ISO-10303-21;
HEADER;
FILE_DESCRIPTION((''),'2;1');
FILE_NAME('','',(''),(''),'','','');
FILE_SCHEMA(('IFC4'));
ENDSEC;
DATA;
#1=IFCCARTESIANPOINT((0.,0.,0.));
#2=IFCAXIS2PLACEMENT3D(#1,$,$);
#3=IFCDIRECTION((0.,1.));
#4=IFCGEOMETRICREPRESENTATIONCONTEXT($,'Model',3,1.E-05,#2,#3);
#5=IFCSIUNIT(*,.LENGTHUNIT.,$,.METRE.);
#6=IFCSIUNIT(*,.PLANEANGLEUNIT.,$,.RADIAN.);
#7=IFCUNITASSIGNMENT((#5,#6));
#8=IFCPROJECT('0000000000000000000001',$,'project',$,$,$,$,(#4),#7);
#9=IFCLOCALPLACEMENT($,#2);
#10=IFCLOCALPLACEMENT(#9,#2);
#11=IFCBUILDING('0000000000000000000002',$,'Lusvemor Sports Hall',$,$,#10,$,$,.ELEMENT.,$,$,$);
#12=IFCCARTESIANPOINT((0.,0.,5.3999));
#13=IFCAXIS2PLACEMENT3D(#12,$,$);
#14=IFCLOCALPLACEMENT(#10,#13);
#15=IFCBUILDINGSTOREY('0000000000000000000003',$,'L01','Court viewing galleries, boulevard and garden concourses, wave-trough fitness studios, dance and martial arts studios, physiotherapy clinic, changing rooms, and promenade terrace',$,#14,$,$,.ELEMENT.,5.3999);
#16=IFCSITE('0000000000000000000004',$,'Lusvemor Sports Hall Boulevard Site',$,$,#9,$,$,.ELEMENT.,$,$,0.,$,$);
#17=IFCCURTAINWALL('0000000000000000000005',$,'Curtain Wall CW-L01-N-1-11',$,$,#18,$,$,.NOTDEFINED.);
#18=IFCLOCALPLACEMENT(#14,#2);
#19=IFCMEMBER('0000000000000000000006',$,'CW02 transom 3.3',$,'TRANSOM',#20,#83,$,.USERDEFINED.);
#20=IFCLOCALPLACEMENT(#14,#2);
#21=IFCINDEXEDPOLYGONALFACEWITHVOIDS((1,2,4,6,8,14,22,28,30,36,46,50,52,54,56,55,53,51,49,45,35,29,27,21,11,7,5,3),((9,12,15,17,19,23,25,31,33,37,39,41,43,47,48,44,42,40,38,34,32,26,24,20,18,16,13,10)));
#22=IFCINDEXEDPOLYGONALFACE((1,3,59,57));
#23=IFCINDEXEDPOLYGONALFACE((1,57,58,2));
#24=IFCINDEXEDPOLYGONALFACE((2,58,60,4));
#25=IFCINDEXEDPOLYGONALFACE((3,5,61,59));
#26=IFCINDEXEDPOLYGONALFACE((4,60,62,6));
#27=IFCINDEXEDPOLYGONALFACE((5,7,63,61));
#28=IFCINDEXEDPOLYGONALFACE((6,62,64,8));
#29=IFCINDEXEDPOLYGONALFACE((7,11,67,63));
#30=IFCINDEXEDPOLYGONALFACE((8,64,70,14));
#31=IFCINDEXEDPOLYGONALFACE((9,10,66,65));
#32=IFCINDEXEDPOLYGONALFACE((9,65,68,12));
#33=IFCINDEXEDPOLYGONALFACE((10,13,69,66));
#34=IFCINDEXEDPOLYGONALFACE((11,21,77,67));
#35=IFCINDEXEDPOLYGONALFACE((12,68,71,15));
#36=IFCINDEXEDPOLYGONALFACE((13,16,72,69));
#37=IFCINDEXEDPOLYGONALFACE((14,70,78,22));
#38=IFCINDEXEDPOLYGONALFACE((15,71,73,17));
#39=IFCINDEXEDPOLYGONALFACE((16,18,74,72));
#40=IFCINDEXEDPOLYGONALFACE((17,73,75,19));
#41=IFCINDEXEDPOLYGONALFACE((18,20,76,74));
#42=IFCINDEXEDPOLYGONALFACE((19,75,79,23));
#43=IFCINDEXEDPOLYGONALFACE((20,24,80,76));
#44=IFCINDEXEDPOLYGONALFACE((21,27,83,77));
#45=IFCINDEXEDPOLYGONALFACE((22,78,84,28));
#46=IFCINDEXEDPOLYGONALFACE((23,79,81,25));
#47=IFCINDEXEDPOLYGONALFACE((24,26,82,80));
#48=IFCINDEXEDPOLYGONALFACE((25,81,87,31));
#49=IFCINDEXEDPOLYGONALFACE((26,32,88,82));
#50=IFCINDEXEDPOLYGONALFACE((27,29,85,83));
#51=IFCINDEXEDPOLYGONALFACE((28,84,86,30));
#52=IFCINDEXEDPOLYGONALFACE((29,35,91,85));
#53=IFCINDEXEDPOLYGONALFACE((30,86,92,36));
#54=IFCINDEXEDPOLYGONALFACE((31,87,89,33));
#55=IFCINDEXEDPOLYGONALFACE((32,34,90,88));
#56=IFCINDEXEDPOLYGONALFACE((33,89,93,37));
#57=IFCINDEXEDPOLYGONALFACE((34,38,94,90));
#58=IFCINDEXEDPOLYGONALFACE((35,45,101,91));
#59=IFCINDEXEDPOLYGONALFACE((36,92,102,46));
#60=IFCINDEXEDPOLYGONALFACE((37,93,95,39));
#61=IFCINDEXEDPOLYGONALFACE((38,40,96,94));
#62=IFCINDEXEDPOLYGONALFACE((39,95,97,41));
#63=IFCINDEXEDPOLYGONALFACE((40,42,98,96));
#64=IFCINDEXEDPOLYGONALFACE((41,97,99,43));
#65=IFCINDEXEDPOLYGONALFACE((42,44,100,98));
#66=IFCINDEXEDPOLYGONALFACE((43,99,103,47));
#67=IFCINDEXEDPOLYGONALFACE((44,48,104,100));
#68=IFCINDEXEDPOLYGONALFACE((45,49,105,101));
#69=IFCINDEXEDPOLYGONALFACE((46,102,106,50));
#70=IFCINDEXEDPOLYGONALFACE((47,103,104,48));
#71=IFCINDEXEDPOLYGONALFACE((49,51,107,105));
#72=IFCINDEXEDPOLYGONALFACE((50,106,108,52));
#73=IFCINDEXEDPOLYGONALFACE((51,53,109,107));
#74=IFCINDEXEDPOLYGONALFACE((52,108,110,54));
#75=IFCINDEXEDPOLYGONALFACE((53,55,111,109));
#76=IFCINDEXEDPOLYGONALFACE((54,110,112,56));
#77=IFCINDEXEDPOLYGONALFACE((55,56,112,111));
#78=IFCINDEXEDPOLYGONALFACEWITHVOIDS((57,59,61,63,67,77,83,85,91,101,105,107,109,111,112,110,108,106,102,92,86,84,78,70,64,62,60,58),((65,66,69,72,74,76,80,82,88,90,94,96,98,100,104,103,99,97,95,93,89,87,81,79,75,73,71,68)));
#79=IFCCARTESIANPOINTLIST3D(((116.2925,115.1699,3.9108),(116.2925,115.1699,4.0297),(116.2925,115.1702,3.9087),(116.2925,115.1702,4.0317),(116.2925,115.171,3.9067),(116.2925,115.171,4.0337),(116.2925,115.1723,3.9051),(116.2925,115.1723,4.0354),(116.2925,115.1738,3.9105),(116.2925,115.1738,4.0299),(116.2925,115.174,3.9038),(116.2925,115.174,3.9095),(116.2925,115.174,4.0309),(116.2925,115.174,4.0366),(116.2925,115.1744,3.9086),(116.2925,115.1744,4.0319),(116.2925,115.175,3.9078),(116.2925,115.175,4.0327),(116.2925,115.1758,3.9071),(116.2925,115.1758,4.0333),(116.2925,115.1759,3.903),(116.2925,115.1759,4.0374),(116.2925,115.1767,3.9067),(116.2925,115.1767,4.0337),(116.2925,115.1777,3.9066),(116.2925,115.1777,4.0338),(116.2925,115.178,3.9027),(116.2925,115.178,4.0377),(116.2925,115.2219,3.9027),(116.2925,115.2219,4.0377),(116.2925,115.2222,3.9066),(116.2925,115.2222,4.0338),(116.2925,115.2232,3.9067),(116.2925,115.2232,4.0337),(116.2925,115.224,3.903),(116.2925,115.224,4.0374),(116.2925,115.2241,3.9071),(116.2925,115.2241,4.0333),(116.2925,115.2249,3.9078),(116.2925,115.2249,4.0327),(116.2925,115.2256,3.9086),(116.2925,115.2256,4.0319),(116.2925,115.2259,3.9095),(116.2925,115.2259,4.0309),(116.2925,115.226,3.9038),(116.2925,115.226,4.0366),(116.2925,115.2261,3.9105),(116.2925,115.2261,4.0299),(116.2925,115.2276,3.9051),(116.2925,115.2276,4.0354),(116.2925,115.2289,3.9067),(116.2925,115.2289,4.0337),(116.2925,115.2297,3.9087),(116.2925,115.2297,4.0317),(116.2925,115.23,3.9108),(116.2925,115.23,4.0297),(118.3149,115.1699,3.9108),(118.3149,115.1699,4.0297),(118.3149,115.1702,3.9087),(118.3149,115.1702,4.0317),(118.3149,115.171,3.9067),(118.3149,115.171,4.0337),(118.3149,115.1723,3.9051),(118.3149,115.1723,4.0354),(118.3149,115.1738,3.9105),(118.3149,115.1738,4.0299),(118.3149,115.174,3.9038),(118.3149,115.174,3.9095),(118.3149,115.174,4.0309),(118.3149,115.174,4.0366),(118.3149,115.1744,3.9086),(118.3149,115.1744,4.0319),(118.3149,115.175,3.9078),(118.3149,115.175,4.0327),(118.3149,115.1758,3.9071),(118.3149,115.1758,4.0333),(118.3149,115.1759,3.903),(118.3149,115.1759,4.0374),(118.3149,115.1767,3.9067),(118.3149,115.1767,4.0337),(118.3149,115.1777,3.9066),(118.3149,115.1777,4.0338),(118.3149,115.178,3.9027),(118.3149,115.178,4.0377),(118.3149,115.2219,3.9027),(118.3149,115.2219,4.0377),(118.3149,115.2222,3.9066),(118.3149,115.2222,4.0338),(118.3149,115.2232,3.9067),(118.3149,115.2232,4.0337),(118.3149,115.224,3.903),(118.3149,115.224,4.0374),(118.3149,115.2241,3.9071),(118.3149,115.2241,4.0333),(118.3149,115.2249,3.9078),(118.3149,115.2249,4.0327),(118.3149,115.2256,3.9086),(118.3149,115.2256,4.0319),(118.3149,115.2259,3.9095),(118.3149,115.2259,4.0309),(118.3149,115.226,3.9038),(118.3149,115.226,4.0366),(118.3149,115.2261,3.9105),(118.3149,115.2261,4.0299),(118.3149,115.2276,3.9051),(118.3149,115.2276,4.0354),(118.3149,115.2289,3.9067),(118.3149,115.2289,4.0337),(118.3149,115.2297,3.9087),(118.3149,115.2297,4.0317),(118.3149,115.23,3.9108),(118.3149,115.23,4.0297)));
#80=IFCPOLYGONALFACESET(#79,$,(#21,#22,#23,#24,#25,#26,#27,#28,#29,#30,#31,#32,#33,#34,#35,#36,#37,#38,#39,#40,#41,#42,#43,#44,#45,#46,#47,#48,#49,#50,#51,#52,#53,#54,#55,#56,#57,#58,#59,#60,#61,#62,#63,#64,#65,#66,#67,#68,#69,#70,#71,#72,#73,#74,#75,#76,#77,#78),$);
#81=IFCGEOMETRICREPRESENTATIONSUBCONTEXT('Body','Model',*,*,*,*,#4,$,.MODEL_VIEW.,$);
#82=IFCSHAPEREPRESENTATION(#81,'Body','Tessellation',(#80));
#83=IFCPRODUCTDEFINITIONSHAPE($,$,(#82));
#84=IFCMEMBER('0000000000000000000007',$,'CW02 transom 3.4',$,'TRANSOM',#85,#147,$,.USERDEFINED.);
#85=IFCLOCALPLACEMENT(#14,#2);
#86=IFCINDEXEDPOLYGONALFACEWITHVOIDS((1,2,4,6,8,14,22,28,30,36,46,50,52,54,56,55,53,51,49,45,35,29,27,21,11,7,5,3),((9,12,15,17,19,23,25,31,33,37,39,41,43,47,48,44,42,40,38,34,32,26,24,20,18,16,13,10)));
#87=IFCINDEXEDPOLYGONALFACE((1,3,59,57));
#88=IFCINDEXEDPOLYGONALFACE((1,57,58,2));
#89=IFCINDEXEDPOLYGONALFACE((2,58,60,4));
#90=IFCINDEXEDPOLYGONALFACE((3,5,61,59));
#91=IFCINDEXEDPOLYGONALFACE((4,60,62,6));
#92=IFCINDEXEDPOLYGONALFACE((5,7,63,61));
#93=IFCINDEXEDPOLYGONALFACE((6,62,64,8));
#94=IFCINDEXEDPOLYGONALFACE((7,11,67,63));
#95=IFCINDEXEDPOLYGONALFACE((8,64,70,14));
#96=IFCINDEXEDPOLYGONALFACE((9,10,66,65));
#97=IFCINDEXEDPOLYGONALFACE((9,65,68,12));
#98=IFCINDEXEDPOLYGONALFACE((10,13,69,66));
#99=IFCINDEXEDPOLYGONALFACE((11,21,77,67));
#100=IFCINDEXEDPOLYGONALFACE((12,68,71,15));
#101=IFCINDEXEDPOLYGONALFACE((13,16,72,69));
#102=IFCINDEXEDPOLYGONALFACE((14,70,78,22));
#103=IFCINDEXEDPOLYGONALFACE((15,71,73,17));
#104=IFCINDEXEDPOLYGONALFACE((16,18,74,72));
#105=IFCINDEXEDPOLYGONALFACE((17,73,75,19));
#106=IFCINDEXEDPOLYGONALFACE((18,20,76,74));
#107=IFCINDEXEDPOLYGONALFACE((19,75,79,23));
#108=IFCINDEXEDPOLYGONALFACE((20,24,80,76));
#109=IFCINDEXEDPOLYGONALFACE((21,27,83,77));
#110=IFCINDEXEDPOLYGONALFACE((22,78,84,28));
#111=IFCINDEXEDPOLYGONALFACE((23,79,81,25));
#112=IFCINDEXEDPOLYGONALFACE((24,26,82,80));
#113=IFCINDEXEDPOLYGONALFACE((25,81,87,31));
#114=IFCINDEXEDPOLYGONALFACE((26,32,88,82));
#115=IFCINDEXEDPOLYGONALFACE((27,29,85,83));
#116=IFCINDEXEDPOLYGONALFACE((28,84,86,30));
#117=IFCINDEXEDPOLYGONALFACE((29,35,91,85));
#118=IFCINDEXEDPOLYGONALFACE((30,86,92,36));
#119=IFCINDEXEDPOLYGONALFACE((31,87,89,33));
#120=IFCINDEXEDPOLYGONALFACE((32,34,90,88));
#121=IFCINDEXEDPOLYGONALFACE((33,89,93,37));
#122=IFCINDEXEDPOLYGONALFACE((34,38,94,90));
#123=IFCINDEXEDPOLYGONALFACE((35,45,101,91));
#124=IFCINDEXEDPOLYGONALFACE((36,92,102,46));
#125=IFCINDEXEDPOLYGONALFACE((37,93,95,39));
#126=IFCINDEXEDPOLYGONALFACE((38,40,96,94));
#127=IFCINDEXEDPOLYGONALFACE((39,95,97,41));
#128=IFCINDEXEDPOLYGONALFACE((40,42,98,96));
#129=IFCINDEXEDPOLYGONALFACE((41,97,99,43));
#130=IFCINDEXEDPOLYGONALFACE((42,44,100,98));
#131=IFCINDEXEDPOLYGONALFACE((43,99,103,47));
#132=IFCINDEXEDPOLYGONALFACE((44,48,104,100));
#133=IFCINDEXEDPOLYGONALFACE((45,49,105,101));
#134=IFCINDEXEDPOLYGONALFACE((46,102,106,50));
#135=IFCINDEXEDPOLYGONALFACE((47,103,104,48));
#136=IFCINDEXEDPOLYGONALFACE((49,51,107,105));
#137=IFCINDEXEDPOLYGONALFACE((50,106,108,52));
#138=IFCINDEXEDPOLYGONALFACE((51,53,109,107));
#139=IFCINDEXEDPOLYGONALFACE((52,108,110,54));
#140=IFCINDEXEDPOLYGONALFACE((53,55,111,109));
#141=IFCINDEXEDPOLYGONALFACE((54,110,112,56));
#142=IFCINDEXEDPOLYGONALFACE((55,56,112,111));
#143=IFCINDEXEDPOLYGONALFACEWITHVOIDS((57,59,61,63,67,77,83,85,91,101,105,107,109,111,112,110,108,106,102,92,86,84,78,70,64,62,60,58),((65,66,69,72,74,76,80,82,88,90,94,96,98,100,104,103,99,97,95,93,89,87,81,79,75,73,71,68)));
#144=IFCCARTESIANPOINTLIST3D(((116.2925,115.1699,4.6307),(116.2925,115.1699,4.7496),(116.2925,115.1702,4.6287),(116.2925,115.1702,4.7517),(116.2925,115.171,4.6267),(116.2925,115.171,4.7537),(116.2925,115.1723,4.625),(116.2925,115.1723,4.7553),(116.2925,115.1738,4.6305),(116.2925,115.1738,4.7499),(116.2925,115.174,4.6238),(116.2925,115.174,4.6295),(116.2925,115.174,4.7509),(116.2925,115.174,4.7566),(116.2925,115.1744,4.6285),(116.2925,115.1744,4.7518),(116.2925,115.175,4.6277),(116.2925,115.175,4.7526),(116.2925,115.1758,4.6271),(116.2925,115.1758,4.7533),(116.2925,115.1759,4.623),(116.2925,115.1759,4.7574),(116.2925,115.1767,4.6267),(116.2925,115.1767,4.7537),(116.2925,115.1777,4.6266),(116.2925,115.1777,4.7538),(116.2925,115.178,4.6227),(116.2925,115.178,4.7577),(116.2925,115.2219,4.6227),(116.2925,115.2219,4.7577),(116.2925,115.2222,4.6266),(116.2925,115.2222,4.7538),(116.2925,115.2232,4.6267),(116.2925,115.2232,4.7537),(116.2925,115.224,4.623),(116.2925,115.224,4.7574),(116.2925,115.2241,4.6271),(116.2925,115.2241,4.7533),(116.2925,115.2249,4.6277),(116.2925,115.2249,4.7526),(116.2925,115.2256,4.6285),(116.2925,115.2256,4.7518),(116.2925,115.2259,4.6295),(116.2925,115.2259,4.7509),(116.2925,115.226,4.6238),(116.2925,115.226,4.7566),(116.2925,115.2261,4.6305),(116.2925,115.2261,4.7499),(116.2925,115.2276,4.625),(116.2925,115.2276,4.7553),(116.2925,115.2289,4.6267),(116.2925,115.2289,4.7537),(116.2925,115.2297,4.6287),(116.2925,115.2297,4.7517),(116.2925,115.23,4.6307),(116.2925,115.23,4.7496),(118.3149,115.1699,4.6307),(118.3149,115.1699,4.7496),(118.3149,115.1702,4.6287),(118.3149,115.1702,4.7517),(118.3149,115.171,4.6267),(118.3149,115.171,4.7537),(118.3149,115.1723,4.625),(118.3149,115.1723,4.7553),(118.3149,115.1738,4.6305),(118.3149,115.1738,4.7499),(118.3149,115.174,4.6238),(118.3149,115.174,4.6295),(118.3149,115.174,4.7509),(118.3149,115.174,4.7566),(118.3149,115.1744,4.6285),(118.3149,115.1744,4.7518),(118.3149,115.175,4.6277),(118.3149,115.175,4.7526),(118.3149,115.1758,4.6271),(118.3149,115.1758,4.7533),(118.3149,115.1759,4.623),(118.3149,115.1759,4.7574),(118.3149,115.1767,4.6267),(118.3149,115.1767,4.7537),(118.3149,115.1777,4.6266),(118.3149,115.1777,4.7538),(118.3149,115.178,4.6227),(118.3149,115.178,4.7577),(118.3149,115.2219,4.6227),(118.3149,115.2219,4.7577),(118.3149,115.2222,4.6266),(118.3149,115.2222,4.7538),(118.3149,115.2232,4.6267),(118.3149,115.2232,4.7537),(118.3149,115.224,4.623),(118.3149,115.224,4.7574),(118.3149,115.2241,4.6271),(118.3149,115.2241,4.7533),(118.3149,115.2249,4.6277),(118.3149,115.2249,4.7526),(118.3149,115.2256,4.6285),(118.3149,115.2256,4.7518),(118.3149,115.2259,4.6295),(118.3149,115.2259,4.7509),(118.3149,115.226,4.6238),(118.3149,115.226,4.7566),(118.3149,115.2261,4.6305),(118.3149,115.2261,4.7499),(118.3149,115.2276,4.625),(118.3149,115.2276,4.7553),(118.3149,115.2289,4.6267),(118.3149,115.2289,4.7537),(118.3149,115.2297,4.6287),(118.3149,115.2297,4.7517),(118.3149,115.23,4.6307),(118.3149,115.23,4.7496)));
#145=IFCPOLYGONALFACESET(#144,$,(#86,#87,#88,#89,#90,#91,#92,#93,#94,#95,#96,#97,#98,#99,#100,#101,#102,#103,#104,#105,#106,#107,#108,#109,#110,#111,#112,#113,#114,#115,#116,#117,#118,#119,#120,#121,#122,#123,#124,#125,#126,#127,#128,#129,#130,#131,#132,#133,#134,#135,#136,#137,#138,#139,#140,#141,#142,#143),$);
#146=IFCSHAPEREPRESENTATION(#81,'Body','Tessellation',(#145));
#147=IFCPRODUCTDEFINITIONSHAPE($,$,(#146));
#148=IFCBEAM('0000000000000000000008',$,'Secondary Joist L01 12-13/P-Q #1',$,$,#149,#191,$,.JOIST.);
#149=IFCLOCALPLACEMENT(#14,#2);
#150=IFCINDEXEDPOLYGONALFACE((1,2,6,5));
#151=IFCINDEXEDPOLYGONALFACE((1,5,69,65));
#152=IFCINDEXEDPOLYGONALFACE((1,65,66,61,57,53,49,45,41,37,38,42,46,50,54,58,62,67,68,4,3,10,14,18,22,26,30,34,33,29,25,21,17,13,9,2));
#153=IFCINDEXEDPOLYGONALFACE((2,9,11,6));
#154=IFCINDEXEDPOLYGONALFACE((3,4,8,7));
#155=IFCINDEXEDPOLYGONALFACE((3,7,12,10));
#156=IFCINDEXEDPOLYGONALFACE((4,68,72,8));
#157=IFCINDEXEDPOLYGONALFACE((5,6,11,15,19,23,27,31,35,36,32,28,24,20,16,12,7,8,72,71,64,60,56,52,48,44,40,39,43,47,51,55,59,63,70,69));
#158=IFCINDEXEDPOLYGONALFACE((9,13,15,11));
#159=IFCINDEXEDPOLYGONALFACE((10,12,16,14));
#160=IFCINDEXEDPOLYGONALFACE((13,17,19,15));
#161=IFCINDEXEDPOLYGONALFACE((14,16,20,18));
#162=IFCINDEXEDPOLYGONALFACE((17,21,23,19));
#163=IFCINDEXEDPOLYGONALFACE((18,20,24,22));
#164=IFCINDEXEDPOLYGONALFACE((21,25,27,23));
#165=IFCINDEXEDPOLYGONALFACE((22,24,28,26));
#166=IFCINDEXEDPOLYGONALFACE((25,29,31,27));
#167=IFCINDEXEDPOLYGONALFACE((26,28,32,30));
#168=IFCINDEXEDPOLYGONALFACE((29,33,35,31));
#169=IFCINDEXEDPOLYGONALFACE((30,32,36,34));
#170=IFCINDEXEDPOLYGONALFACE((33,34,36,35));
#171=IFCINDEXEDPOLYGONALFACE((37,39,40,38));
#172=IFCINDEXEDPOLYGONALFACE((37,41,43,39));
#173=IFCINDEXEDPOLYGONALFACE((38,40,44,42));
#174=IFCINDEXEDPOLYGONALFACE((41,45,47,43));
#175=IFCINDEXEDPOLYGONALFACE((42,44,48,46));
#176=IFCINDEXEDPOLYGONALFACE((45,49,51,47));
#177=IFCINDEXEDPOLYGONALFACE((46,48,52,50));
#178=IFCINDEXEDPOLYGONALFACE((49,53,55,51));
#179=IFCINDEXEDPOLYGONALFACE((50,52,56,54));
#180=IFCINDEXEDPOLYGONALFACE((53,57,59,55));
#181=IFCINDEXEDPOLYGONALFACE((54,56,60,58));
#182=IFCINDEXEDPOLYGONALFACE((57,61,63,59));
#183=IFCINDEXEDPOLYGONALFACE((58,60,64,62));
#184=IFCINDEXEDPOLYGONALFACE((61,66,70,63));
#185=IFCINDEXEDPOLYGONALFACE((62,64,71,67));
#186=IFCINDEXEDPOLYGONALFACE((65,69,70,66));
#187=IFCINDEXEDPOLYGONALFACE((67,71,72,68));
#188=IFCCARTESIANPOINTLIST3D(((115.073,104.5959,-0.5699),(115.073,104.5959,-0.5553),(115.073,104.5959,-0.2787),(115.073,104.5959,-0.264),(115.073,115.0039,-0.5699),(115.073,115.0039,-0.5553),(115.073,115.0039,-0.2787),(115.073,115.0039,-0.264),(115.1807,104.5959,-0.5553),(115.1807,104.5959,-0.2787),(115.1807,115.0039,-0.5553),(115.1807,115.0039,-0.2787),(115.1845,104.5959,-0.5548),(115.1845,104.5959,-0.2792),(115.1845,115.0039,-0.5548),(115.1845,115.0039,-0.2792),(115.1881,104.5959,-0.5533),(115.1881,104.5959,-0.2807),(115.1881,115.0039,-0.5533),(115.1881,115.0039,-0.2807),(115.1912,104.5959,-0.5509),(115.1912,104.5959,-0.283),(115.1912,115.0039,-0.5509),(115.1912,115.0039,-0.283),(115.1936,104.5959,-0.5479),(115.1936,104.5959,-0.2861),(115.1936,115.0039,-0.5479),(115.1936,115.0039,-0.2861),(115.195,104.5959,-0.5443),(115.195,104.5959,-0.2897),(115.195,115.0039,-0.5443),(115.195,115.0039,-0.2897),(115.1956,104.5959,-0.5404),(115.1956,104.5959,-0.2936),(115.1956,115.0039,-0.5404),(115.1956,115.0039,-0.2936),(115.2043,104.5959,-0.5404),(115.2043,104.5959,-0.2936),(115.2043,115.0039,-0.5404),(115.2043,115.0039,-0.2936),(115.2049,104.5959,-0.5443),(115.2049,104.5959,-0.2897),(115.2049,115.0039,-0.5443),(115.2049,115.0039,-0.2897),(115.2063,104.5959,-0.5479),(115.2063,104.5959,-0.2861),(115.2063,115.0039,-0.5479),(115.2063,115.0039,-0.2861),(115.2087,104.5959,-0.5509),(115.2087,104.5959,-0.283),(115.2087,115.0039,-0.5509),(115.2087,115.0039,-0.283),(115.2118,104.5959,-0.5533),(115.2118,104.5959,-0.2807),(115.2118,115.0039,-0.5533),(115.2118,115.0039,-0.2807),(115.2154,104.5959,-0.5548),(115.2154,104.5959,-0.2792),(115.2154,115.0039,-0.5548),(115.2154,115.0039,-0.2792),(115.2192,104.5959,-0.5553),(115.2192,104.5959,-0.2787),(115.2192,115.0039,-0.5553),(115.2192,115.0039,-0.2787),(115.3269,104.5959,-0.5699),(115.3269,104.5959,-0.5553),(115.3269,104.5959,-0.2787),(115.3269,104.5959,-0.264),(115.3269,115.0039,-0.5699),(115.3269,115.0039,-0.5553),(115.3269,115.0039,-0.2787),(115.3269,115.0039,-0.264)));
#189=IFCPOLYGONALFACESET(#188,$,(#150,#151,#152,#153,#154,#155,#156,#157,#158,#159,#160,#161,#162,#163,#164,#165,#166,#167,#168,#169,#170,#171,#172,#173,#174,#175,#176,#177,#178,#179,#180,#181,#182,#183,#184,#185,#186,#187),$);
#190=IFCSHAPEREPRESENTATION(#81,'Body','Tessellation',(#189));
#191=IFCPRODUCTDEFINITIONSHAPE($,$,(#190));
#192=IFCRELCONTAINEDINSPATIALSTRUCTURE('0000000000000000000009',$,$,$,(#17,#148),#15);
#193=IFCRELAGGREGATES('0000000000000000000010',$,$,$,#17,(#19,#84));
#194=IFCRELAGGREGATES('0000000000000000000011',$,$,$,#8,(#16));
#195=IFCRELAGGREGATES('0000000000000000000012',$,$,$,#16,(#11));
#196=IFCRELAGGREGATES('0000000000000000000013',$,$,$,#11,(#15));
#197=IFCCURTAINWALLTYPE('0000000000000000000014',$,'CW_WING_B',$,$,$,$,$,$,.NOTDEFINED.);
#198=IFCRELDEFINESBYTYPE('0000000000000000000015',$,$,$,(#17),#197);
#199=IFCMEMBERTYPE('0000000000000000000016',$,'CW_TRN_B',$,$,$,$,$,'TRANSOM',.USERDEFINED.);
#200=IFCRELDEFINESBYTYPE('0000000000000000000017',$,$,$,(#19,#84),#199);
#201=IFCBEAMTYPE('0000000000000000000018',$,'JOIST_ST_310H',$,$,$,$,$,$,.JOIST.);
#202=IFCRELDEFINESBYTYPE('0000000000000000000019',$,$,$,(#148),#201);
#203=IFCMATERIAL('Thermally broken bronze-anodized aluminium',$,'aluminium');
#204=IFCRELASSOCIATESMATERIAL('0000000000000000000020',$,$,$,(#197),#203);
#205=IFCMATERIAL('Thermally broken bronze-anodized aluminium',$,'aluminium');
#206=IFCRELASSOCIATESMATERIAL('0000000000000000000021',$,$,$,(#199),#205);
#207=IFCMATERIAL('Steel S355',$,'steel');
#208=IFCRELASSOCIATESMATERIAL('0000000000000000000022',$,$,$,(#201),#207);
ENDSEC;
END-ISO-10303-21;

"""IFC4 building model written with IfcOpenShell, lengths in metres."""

from ifc_helpers import new_model, si_unit, direction, frame, origin, origin_2d, place, context, subcontext, project, spatial, hollow_rectangle, i_section, extrude, material, material_profile, profile_set, type_object, element, aggregate, save


model = new_model("IFC4")

# Units and contexts
model_context = context("Model", 3, precision=1e-05, world=origin(), true_north=direction((0.0, 1.0)))
body_context = subcontext(model_context, "Body", "Model", "MODEL_VIEW")
ifc_project = project(units=[si_unit("LENGTHUNIT", "METRE"), si_unit("PLANEANGLEUNIT", "RADIAN")], contexts=[model_context])

# Site, building, storey
site_placement = place(None, origin())
site = spatial("IfcSite", under=ifc_project, at=site_placement, Name="Lusvemor Sports Hall Boulevard Site", CompositionType="ELEMENT", RefElevation=0.0)
building_placement = place(site_placement, origin())
building = spatial("IfcBuilding", under=site, at=building_placement, Name="Lusvemor Sports Hall", CompositionType="ELEMENT")
storey_placement = place(building_placement, frame((0.0, 0.0, 5.3999)))
storey = spatial("IfcBuildingStorey", under=building, at=storey_placement, Name="L01", Description="Court viewing galleries, boulevard and garden concourses, wave-trough fitness studios, dance and martial arts studios, physiotherapy clinic, changing rooms, and promenade terrace", CompositionType="ELEMENT", Elevation=5.3999)

# Curtain wall, members
ifc_material_1 = material(Name="Thermally broken bronze-anodized aluminium", Category="aluminium")
curtain_wall_type = type_object("IfcCurtainWallType", Name="CW_WING_B", PredefinedType="NOTDEFINED", material=ifc_material_1)
curtain_wall_placement = place(storey_placement, origin())
curtain_wall = element("IfcCurtainWall", 1, at=curtain_wall_placement, inside=storey, type_object=curtain_wall_type, Name="Curtain Wall CW-L01-N-1-11", PredefinedType="NOTDEFINED")
ifc_material_2 = material(Name="Thermally broken bronze-anodized aluminium", Category="aluminium")
ifc_material_profile_1 = material_profile(ifc_material_2, hollow_rectangle(XDim=0.0601, YDim=0.135, WallThickness=0.0039, InnerFilletRadius=0.0039, OuterFilletRadius=0.0081, at=origin_2d()), Name="CWTRN135x60x4")
ifc_profile_set_1 = profile_set([ifc_material_profile_1], Name="Thermally broken bronze-anodized aluminium")
member_type_1 = type_object("IfcMemberType", Name="CW_TRN_B", ElementType="TRANSOM", PredefinedType="USERDEFINED", material=ifc_profile_set_1)
member_1_placement = place(storey_placement, frame((116.2925, 115.2, 3.9702), z_axis=(1.0, 0.0, 0.0), x_axis=(0.0, 1.0, 0.0)))
member_1 = element("IfcMember", 2, at=member_1_placement, type_object=member_type_1, Name="CW02 transom 3.3", ObjectType="TRANSOM", PredefinedType="USERDEFINED", context=body_context, shape_type="SweptSolid", body=[
    extrude(hollow_rectangle(XDim=0.0601, YDim=0.135, WallThickness=0.0039, InnerFilletRadius=0.0039, OuterFilletRadius=0.0081, at=origin_2d()), origin(), (0.0, 0.0, 1.0), 2.0225),
])
member_2_placement = place(storey_placement, frame((116.2925, 115.2, 4.6902), z_axis=(1.0, 0.0, 0.0), x_axis=(0.0, 1.0, 0.0)))
member_2 = element("IfcMember", 3, at=member_2_placement, type_object=member_type_1, Name="CW02 transom 3.4", ObjectType="TRANSOM", PredefinedType="USERDEFINED", context=body_context, shape_type="SweptSolid", body=[
    extrude(hollow_rectangle(XDim=0.0601, YDim=0.135, WallThickness=0.0039, InnerFilletRadius=0.0039, OuterFilletRadius=0.0081, at=origin_2d()), origin(), (0.0, 0.0, 1.0), 2.0225),
])

# Beam
ifc_material_3 = material(Name="Steel S355", Category="steel")
ifc_material_profile_2 = material_profile(ifc_material_3, i_section(OverallWidth=0.2539, OverallDepth=0.3059, WebThickness=0.0088, FlangeThickness=0.0146, FilletRadius=0.0149, at=origin_2d()), Name="W310x79.0")
ifc_profile_set_2 = profile_set([ifc_material_profile_2], Name="Steel S355")
beam_type_1 = type_object("IfcBeamType", Name="JOIST_ST_310H", PredefinedType="JOIST", material=ifc_profile_set_2)
beam_1_placement = place(storey_placement, frame((115.2, 104.5959, -0.417), z_axis=(0.0, 1.0, 0.0), x_axis=(-1.0, 0.0, 0.0)))
element("IfcBeam", 4, at=beam_1_placement, inside=storey, type_object=beam_type_1, Name="Secondary Joist L01 12-13/P-Q #1", PredefinedType="JOIST", context=body_context, shape_type="SweptSolid", body=[
    extrude(i_section(OverallWidth=0.2539, OverallDepth=0.3059, WebThickness=0.0088, FlangeThickness=0.0146, FilletRadius=0.0149, at=origin_2d()), origin(), (0.0, 0.0, 1.0), 10.408),
])

aggregate(curtain_wall, [member_1, member_2])

save(model, "model.ifc")
